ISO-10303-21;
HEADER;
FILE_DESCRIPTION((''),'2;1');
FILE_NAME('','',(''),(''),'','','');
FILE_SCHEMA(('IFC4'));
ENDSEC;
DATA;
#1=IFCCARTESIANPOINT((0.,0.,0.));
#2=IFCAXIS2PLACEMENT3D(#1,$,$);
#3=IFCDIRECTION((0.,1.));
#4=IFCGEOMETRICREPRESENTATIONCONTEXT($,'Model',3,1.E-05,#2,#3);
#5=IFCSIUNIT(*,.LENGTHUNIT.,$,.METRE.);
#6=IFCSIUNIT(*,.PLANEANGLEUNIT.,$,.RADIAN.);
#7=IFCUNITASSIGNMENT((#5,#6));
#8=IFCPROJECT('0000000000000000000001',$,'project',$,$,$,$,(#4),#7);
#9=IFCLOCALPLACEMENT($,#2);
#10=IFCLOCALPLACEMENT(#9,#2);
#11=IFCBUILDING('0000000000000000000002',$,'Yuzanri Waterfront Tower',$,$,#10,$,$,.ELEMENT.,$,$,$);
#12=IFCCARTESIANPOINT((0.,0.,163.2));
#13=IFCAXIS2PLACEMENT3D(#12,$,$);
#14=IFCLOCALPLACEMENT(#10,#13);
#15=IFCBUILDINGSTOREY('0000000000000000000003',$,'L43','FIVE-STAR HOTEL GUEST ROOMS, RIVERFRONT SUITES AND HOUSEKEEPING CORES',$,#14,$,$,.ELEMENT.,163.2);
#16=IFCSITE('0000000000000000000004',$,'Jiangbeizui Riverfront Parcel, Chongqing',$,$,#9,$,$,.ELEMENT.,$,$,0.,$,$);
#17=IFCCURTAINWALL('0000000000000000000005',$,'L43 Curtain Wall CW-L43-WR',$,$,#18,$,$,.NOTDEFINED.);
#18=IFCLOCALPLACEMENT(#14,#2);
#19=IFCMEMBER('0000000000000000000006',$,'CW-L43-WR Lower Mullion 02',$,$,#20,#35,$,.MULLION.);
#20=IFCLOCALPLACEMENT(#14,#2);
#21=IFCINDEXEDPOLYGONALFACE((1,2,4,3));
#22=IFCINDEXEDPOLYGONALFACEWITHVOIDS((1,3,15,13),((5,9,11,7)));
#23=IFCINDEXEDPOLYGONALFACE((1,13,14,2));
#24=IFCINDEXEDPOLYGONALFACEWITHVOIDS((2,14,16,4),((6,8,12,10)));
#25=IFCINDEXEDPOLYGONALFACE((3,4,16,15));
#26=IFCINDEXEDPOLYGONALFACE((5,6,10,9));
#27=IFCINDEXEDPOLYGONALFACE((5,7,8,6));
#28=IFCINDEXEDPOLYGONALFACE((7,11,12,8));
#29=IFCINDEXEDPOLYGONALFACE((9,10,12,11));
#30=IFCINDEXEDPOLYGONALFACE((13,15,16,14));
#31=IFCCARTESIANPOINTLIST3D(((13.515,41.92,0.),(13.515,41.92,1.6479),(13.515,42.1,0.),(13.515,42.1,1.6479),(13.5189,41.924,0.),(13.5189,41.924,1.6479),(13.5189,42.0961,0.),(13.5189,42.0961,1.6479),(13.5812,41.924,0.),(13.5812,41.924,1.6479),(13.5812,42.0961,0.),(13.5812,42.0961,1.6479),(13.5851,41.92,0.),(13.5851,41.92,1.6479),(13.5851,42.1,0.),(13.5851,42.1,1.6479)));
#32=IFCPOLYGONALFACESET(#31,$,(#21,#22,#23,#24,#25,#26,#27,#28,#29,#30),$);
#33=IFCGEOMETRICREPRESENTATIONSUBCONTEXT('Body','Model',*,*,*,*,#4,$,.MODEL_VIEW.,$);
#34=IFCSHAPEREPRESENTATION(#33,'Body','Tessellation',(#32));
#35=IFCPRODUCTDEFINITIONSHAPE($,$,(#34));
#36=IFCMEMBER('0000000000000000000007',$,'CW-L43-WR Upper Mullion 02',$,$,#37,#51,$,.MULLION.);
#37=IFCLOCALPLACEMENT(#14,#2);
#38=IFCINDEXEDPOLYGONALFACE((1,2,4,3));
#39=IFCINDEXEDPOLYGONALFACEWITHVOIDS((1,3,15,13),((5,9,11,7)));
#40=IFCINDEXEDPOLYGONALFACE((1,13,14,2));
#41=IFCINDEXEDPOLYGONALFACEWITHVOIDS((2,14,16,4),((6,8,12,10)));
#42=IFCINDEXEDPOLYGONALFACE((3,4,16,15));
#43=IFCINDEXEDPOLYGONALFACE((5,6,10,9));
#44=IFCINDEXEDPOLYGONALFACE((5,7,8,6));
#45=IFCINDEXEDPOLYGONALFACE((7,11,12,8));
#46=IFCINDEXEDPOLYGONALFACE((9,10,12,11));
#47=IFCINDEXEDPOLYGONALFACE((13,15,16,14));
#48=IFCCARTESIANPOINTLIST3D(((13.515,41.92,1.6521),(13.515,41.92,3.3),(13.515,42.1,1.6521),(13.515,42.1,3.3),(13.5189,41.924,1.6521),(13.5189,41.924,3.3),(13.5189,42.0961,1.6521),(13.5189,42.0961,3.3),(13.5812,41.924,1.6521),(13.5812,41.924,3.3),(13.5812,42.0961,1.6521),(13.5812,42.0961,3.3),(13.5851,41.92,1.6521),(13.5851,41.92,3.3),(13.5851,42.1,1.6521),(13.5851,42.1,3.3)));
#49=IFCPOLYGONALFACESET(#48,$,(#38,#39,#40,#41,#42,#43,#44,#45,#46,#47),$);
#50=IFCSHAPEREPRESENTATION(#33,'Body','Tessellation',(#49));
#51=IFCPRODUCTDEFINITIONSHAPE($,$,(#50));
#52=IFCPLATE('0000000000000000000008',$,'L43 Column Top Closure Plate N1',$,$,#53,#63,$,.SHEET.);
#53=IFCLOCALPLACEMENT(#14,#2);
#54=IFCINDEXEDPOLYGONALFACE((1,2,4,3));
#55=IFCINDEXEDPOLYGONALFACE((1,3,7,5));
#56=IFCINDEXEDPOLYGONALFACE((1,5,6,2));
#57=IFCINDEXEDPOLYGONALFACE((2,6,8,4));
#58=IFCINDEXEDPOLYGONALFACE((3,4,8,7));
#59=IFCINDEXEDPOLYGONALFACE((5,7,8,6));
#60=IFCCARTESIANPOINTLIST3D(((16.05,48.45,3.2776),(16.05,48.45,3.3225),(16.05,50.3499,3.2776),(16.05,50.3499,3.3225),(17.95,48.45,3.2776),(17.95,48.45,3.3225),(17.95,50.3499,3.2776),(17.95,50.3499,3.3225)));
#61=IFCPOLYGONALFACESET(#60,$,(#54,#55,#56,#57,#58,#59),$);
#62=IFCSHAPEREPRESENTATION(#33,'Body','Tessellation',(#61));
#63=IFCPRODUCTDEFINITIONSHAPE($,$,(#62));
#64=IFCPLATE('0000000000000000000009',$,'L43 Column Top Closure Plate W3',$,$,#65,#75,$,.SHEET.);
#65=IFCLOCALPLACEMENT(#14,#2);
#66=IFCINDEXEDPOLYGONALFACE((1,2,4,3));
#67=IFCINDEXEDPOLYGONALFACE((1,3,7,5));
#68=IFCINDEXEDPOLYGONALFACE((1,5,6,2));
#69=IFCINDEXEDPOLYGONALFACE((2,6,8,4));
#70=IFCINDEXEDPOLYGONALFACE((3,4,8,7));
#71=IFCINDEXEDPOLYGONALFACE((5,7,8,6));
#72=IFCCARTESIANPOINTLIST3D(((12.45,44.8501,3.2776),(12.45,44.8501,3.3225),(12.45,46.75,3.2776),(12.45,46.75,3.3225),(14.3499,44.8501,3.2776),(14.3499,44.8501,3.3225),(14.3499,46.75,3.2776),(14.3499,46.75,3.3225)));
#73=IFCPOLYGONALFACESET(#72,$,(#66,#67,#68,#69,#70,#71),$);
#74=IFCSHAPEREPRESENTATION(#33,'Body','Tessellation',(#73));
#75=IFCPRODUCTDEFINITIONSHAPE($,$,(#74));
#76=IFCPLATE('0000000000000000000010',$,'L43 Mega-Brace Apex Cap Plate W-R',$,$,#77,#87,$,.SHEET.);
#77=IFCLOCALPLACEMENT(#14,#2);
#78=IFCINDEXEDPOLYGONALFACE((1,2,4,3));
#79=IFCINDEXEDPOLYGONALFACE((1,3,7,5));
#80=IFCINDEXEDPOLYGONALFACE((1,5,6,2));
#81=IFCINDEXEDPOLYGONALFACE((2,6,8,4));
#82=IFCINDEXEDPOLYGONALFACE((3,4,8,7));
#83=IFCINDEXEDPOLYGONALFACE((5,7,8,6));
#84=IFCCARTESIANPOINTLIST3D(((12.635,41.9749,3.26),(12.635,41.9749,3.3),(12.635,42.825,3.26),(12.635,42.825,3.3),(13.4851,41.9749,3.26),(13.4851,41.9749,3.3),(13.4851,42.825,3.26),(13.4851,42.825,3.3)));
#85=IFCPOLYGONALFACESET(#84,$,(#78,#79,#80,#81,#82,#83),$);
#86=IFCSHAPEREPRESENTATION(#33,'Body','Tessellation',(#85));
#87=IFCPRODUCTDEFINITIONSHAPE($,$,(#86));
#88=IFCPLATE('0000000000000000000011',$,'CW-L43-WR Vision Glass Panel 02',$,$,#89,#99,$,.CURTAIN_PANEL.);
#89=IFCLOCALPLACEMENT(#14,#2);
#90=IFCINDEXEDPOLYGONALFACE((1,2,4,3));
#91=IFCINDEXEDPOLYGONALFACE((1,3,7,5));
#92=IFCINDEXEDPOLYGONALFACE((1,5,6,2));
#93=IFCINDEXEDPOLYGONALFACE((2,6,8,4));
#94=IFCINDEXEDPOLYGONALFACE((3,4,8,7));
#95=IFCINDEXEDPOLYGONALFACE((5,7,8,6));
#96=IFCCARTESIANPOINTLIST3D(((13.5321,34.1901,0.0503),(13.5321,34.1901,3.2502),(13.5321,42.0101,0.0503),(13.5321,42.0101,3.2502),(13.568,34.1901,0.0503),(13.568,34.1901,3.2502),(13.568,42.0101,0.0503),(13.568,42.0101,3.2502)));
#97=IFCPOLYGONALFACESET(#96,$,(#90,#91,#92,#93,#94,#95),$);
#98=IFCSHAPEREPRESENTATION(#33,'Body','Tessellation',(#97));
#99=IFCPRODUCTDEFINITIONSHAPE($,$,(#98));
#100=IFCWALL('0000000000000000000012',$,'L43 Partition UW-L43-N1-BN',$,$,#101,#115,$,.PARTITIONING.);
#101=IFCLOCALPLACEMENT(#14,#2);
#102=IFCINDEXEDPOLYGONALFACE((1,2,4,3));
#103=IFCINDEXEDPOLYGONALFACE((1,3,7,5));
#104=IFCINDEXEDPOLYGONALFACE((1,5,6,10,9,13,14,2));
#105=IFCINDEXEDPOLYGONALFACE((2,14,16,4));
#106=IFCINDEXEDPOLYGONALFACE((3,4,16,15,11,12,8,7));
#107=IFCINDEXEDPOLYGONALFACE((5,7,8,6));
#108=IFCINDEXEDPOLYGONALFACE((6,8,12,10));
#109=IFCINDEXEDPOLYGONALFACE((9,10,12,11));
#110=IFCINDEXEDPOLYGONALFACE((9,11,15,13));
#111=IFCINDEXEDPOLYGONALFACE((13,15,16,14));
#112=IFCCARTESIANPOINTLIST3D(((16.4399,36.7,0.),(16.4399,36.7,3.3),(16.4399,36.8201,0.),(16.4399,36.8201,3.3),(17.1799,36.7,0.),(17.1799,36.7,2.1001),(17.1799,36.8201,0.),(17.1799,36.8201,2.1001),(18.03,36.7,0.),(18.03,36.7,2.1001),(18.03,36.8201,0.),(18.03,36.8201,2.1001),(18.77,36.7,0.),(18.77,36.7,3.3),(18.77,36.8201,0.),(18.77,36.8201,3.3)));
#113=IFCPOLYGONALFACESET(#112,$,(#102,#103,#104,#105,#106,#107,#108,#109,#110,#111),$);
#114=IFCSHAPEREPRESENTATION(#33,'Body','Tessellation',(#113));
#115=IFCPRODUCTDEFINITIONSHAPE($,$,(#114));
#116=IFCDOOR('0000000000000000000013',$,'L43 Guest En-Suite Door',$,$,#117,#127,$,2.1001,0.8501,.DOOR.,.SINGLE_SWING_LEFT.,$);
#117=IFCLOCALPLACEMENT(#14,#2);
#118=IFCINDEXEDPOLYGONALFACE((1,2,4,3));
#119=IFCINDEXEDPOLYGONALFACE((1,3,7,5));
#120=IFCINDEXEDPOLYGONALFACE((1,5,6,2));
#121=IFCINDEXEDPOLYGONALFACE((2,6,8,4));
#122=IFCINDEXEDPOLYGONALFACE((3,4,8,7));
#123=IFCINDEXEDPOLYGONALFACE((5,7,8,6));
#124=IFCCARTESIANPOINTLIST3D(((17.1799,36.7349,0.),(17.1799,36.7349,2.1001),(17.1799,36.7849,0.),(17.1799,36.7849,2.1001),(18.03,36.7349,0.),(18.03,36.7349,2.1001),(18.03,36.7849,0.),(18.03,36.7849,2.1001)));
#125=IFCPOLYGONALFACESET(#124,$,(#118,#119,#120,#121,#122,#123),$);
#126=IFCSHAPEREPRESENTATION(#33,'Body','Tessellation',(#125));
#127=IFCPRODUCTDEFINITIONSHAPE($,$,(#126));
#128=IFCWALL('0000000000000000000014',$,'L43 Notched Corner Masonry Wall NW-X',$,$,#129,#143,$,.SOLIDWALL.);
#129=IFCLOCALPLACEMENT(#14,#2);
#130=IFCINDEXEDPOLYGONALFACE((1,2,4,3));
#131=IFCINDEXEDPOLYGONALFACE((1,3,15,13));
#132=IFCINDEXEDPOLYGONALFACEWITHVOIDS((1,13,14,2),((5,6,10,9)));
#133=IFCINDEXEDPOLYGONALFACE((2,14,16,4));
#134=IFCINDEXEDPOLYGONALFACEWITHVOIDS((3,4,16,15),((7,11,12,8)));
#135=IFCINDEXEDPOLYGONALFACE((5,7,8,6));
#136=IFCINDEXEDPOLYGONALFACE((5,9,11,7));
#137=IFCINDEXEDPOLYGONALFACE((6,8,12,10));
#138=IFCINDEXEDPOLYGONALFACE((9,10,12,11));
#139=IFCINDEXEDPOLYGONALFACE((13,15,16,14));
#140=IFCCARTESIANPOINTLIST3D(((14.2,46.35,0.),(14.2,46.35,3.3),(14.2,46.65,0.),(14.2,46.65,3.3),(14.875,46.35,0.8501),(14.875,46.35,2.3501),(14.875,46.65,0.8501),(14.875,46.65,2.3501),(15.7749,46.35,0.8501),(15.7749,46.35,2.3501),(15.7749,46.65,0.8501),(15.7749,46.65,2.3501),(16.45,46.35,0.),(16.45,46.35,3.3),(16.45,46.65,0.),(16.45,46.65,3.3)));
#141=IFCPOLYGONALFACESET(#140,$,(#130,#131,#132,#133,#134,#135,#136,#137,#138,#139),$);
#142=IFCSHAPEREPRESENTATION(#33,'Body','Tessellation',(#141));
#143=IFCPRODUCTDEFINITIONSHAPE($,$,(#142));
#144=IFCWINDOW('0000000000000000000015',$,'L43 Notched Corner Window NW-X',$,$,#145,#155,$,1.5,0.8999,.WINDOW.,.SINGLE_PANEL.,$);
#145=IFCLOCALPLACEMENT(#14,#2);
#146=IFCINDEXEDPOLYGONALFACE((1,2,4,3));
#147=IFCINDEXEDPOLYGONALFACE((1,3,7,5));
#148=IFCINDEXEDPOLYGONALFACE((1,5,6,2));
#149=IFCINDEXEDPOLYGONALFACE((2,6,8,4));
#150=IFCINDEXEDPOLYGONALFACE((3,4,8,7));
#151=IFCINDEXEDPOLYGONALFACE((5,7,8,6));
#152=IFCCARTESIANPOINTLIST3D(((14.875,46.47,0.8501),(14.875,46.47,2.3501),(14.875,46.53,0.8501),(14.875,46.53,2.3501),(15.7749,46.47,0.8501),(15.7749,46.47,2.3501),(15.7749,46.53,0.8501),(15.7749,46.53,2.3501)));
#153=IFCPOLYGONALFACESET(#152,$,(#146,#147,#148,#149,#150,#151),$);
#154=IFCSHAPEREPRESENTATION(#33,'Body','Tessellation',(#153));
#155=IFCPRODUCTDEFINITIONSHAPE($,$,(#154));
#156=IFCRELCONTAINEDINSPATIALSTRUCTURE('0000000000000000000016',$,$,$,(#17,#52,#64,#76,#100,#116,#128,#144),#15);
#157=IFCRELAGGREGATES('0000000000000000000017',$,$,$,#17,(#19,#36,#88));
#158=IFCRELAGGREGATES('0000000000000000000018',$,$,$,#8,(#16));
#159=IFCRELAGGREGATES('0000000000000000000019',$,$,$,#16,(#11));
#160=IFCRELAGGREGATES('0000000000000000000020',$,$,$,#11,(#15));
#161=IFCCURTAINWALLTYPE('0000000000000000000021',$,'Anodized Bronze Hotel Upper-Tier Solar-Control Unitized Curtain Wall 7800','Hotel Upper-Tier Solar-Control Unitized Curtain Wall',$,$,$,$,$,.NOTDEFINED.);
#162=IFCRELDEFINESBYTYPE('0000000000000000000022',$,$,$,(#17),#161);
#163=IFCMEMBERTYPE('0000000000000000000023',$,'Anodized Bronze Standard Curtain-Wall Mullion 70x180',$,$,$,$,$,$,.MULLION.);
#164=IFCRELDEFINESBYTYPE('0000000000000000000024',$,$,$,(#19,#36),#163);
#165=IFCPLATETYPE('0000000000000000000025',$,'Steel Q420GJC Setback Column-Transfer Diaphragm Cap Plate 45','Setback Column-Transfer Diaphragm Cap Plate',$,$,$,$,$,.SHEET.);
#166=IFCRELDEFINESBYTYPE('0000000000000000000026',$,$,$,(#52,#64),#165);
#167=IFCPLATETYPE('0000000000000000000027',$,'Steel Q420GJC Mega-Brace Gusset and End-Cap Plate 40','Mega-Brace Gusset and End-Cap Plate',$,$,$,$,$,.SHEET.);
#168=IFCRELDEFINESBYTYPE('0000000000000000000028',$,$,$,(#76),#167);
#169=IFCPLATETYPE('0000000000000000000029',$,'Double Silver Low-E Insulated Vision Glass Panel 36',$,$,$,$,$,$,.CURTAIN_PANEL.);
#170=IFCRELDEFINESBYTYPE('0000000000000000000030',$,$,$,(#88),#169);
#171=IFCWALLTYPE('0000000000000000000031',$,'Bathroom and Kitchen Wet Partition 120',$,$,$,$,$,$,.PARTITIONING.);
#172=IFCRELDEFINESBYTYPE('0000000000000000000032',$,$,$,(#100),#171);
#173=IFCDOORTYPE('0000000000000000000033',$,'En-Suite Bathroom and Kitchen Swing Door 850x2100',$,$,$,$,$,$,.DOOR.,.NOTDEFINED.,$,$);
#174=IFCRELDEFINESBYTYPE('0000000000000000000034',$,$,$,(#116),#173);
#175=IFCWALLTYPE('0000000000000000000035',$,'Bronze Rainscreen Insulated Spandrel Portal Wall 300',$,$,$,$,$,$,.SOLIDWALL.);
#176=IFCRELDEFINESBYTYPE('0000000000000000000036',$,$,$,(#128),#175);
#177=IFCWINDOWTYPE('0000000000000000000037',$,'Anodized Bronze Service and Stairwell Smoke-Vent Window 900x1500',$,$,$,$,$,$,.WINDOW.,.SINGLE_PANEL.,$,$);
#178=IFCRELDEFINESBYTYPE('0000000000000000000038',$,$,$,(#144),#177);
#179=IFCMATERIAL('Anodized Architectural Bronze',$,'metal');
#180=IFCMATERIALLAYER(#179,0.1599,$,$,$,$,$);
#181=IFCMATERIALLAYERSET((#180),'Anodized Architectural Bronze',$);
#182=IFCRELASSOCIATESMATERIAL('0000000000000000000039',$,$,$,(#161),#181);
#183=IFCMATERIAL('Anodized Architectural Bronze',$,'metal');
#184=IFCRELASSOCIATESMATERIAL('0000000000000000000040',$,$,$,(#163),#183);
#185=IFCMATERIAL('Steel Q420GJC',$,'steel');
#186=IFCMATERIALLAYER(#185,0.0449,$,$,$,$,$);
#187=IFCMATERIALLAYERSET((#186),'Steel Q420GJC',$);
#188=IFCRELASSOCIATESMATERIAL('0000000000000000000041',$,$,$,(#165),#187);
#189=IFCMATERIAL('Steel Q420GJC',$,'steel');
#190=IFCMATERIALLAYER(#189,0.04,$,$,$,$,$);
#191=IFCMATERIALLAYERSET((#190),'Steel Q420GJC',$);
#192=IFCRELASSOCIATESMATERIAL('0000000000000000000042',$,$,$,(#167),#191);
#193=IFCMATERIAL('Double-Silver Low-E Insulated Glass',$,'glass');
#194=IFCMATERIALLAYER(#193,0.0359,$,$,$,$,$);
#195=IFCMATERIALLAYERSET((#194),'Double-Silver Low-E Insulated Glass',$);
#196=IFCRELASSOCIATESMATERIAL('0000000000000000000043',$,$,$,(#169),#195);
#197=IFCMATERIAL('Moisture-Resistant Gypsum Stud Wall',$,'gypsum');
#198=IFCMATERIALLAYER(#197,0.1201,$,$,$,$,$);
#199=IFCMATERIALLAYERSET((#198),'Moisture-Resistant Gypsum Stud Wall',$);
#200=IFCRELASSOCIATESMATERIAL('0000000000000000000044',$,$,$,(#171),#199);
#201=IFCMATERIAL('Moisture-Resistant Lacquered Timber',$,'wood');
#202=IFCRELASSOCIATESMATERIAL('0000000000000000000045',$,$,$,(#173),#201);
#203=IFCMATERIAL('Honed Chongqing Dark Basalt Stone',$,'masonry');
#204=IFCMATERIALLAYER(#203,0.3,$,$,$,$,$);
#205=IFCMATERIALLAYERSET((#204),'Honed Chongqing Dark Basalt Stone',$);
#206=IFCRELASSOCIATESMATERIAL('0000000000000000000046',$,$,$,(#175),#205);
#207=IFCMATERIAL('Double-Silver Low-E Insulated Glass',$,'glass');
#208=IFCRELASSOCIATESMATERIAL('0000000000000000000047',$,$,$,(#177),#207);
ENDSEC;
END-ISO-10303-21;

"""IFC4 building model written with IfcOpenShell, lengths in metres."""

from ifc_helpers import new_model, si_unit, direction, frame, frame_2d, origin, origin_2d, place, context, subcontext, project, spatial, rectangle, hollow_rectangle, extrude, source, transform, mapped, material, layer, layer_set, material_profile, profile_set, type_object, element, fill, aggregate, save


model = new_model("IFC4")

# Units and contexts
model_context = context("Model", 3, precision=1e-05, world=origin(), true_north=direction((0.0, 1.0)))
body_context = subcontext(model_context, "Body", "Model", "MODEL_VIEW")
ifc_project = project(units=[si_unit("LENGTHUNIT", "METRE"), si_unit("PLANEANGLEUNIT", "RADIAN")], contexts=[model_context])

# Site, building, storey
site_placement = place(None, origin())
site = spatial("IfcSite", under=ifc_project, at=site_placement, Name="Jiangbeizui Riverfront Parcel, Chongqing", CompositionType="ELEMENT", RefElevation=0.0)
building_placement = place(site_placement, origin())
building = spatial("IfcBuilding", under=site, at=building_placement, Name="Yuzanri Waterfront Tower", CompositionType="ELEMENT")
storey_placement = place(building_placement, frame((0.0, 0.0, 163.2)))
storey = spatial("IfcBuildingStorey", under=building, at=storey_placement, Name="L43", Description="FIVE-STAR HOTEL GUEST ROOMS, RIVERFRONT SUITES AND HOUSEKEEPING CORES", CompositionType="ELEMENT", Elevation=163.2)

# Curtain wall, members
ifc_material_1 = material(Name="Anodized Architectural Bronze", Category="metal")
ifc_layer_1 = layer(ifc_material_1, 0.1599)
ifc_layer_set_1 = layer_set([ifc_layer_1], Name="Anodized Architectural Bronze")
curtain_wall_type = type_object("IfcCurtainWallType", Name="Anodized Bronze Hotel Upper-Tier Solar-Control Unitized Curtain Wall 7800", Description="Hotel Upper-Tier Solar-Control Unitized Curtain Wall", PredefinedType="NOTDEFINED", material=ifc_layer_set_1)
curtain_wall_placement = place(storey_placement, origin())
curtain_wall = element("IfcCurtainWall", 1, at=curtain_wall_placement, inside=storey, type_object=curtain_wall_type, Name="L43 Curtain Wall CW-L43-WR", PredefinedType="NOTDEFINED")
ifc_material_2 = material(Name="Anodized Architectural Bronze", Category="metal")
ifc_material_profile_1 = material_profile(ifc_material_2, hollow_rectangle(XDim=0.0701, YDim=0.1799, WallThickness=0.0039, at=origin_2d()), Name="CWM 70x180")
ifc_profile_set_1 = profile_set([ifc_material_profile_1], Name="Anodized Architectural Bronze")
member_type = type_object("IfcMemberType", Name="Anodized Bronze Standard Curtain-Wall Mullion 70x180", PredefinedType="MULLION", material=ifc_profile_set_1)
shared_shape_1 = source(origin(), body_context, "Body", "SweptSolid", [
    extrude(hollow_rectangle(XDim=0.0701, YDim=0.1799, WallThickness=0.0039, at=origin_2d()), origin(), (0.0, 0.0, 1.0), 1.6479),
])
member_1_placement = place(storey_placement, frame((13.55, 42.01, 0.0), z_axis=(0.0, 0.0, 1.0), x_axis=(1.0, 0.0, 0.0)))
member_1 = element("IfcMember", 2, at=member_1_placement, type_object=member_type, Name="CW-L43-WR Lower Mullion 02", PredefinedType="MULLION", context=body_context, shape_type="MappedRepresentation", body=[
    mapped(shared_shape_1, transform((0.0, 0.0, 0.0), scale=1.0)),
])
member_2_placement = place(storey_placement, frame((13.55, 42.01, 1.6521), z_axis=(0.0, 0.0, 1.0), x_axis=(1.0, 0.0, 0.0)))
member_2 = element("IfcMember", 3, at=member_2_placement, type_object=member_type, Name="CW-L43-WR Upper Mullion 02", PredefinedType="MULLION", context=body_context, shape_type="MappedRepresentation", body=[
    mapped(shared_shape_1, transform((0.0, 0.0, 0.0), scale=1.0)),
])

# Plates
ifc_material_3 = material(Name="Steel Q420GJC", Category="steel")
ifc_layer_2 = layer(ifc_material_3, 0.0449)
ifc_layer_set_2 = layer_set([ifc_layer_2], Name="Steel Q420GJC")
plate_type_1 = type_object("IfcPlateType", Name="Steel Q420GJC Setback Column-Transfer Diaphragm Cap Plate 45", Description="Setback Column-Transfer Diaphragm Cap Plate", PredefinedType="SHEET", material=ifc_layer_set_2)
shared_shape_2 = source(origin(), body_context, "Body", "SweptSolid", [
    extrude(rectangle(XDim=1.8999, YDim=1.8999, at=origin_2d()), origin(), (0.0, 0.0, 1.0), 0.0449),
])
for number, where, z_axis, x_axis, name in (
    (4, (17.0, 49.3999, 3.2776), (0.0, 0.0, 1.0), (1.0, 0.0, 0.0), "L43 Column Top Closure Plate N1"),
    (5, (13.3999, 45.8, 3.2776), (0.0, 0.0, 1.0), (1.0, 0.0, 0.0), "L43 Column Top Closure Plate W3"),
):
    element("IfcPlate", number, at=place(storey_placement, frame(where, z_axis=z_axis, x_axis=x_axis)), inside=storey, type_object=plate_type_1, Name=name, PredefinedType="SHEET", context=body_context, shape_type="MappedRepresentation", body=[
        mapped(shared_shape_2, transform((0.0, 0.0, 0.0), scale=1.0)),
    ])
ifc_material_4 = material(Name="Steel Q420GJC", Category="steel")
ifc_layer_3 = layer(ifc_material_4, 0.04)
ifc_layer_set_3 = layer_set([ifc_layer_3], Name="Steel Q420GJC")
plate_type_2 = type_object("IfcPlateType", Name="Steel Q420GJC Mega-Brace Gusset and End-Cap Plate 40", Description="Mega-Brace Gusset and End-Cap Plate", PredefinedType="SHEET", material=ifc_layer_set_3)
shared_shape_3 = source(origin(), body_context, "Body", "SweptSolid", [
    extrude(rectangle(XDim=0.8501, YDim=0.8501, at=origin_2d()), origin(), (0.0, 0.0, 1.0), 0.04),
])
plate_1_placement = place(storey_placement, frame((13.0601, 42.3999, 3.26), z_axis=(0.0, 0.0, 1.0), x_axis=(1.0, 0.0, 0.0)))
element("IfcPlate", 6, at=plate_1_placement, inside=storey, type_object=plate_type_2, Name="L43 Mega-Brace Apex Cap Plate W-R", PredefinedType="SHEET", context=body_context, shape_type="MappedRepresentation", body=[
    mapped(shared_shape_3, transform((0.0, 0.0, 0.0), scale=1.0)),
])

# Plate
ifc_material_5 = material(Name="Double-Silver Low-E Insulated Glass", Category="glass")
ifc_layer_4 = layer(ifc_material_5, 0.0359)
ifc_layer_set_4 = layer_set([ifc_layer_4], Name="Double-Silver Low-E Insulated Glass")
plate_type_3 = type_object("IfcPlateType", Name="Double Silver Low-E Insulated Vision Glass Panel 36", PredefinedType="CURTAIN_PANEL", material=ifc_layer_set_4)
shared_shape_4 = source(origin(), body_context, "Body", "SweptSolid", [
    extrude(rectangle(XDim=7.8201, YDim=0.0359, at=origin_2d()), origin(), (0.0, 0.0, 1.0), 3.2),
])
plate_2_placement = place(storey_placement, frame((13.55, 38.1001, 0.0503), z_axis=(0.0, 0.0, 1.0), x_axis=(0.0, 1.0, 0.0)))
plate_2 = element("IfcPlate", 7, at=plate_2_placement, type_object=plate_type_3, Name="CW-L43-WR Vision Glass Panel 02", PredefinedType="CURTAIN_PANEL", context=body_context, shape_type="MappedRepresentation", body=[
    mapped(shared_shape_4, transform((0.0, 0.0, 0.0), scale=1.0)),
])
aggregate(curtain_wall, [member_1, member_2, plate_2])

# Wall, opening, door
ifc_material_6 = material(Name="Moisture-Resistant Gypsum Stud Wall", Category="gypsum")
ifc_layer_5 = layer(ifc_material_6, 0.1201)
ifc_layer_set_5 = layer_set([ifc_layer_5], Name="Moisture-Resistant Gypsum Stud Wall")
wall_type_1 = type_object("IfcWallType", Name="Bathroom and Kitchen Wet Partition 120", PredefinedType="PARTITIONING", material=ifc_layer_set_5)
wall_1_placement = place(storey_placement, frame((16.4399, 36.76, 0.0), z_axis=(0.0, 0.0, 1.0), x_axis=(1.0, 0.0, 0.0)))
wall_1 = element("IfcWall", 8, at=wall_1_placement, inside=storey, type_object=wall_type_1, Name="L43 Partition UW-L43-N1-BN", PredefinedType="PARTITIONING", context=body_context, shape_type="SweptSolid", body=[
    extrude(rectangle(XDim=2.3301, YDim=0.1201, at=frame_2d((1.165, 0.0))), origin(), (0.0, 0.0, 1.0), 3.3),
])
opening_1_placement = place(wall_1_placement, frame((0.74, 0.0, 0.0)))
opening_1 = element("IfcOpeningElement", 9, at=opening_1_placement, cuts=wall_1, PredefinedType="OPENING", context=body_context, shape_type="SweptSolid", body=[
    extrude(rectangle(XDim=0.8501, YDim=2.1001, at=frame_2d((0.425, 1.05))), frame((0.0, 0.075, 0.0), z_axis=(0.0, -1.0, 0.0), x_axis=(1.0, 0.0, 0.0)), (0.0, 0.0, 1.0), 0.1499),
])
ifc_material_7 = material(Name="Moisture-Resistant Lacquered Timber", Category="wood")
door_type_1 = type_object("IfcDoorType", Name="En-Suite Bathroom and Kitchen Swing Door 850x2100", OperationType="NOTDEFINED", PredefinedType="DOOR", material=ifc_material_7)
shared_shape_5 = source(origin(), body_context, "Body", "SweptSolid", [
    extrude(rectangle(XDim=0.8501, YDim=2.1001, at=frame_2d((0.425, 1.05))), frame((0.0, 0.0249, 0.0), z_axis=(0.0, -1.0, 0.0), x_axis=(1.0, 0.0, 0.0)), (0.0, 0.0, 1.0), 0.05),
])
door_1_placement = place(opening_1_placement, origin())
door_1 = element("IfcDoor", 10, at=door_1_placement, inside=storey, type_object=door_type_1, Name="L43 Guest En-Suite Door", OperationType="SINGLE_SWING_LEFT", OverallHeight=2.1001, OverallWidth=0.8501, PredefinedType="DOOR", context=body_context, shape_type="MappedRepresentation", body=[
    mapped(shared_shape_5, transform((0.0, 0.0, 0.0), scale=1.0)),
])
fill(opening_1, door_1)

# Wall, opening, window
ifc_material_8 = material(Name="Honed Chongqing Dark Basalt Stone", Category="masonry")
ifc_layer_6 = layer(ifc_material_8, 0.3)
ifc_layer_set_6 = layer_set([ifc_layer_6], Name="Honed Chongqing Dark Basalt Stone")
wall_type_2 = type_object("IfcWallType", Name="Bronze Rainscreen Insulated Spandrel Portal Wall 300", PredefinedType="SOLIDWALL", material=ifc_layer_set_6)
wall_2_placement = place(storey_placement, frame((16.45, 46.5, 0.0), z_axis=(0.0, 0.0, 1.0), x_axis=(-1.0, 0.0, 0.0)))
wall_2 = element("IfcWall", 11, at=wall_2_placement, inside=storey, type_object=wall_type_2, Name="L43 Notched Corner Masonry Wall NW-X", PredefinedType="SOLIDWALL", context=body_context, shape_type="SweptSolid", body=[
    extrude(rectangle(XDim=2.25, YDim=0.3, at=frame_2d((1.125, 0.0))), origin(), (0.0, 0.0, 1.0), 3.3),
])
opening_2_placement = place(wall_2_placement, frame((0.675, 0.0, 0.8501)))
opening_2 = element("IfcOpeningElement", 12, at=opening_2_placement, cuts=wall_2, PredefinedType="OPENING", context=body_context, shape_type="SweptSolid", body=[
    extrude(rectangle(XDim=0.8999, YDim=1.5, at=frame_2d((0.45, 0.75))), frame((0.0, 0.165, 0.0), z_axis=(0.0, -1.0, 0.0), x_axis=(1.0, 0.0, 0.0)), (0.0, 0.0, 1.0), 0.3298),
])
ifc_material_9 = material(Name="Double-Silver Low-E Insulated Glass", Category="glass")
window_type_1 = type_object("IfcWindowType", Name="Anodized Bronze Service and Stairwell Smoke-Vent Window 900x1500", PartitioningType="SINGLE_PANEL", PredefinedType="WINDOW", material=ifc_material_9)
shared_shape_6 = source(origin(), body_context, "Body", "SweptSolid", [
    extrude(rectangle(XDim=0.8999, YDim=1.5, at=frame_2d((0.45, 0.75))), frame((0.0, 0.03, 0.0), z_axis=(0.0, -1.0, 0.0), x_axis=(1.0, 0.0, 0.0)), (0.0, 0.0, 1.0), 0.0601),
])
window_1_placement = place(opening_2_placement, origin())
window_1 = element("IfcWindow", 13, at=window_1_placement, inside=storey, type_object=window_type_1, Name="L43 Notched Corner Window NW-X", OverallHeight=1.5, OverallWidth=0.8999, PartitioningType="SINGLE_PANEL", PredefinedType="WINDOW", context=body_context, shape_type="MappedRepresentation", body=[
    mapped(shared_shape_6, transform((0.0, 0.0, 0.0), scale=1.0)),
])
fill(opening_2, window_1)

save(model, "model.ifc")
